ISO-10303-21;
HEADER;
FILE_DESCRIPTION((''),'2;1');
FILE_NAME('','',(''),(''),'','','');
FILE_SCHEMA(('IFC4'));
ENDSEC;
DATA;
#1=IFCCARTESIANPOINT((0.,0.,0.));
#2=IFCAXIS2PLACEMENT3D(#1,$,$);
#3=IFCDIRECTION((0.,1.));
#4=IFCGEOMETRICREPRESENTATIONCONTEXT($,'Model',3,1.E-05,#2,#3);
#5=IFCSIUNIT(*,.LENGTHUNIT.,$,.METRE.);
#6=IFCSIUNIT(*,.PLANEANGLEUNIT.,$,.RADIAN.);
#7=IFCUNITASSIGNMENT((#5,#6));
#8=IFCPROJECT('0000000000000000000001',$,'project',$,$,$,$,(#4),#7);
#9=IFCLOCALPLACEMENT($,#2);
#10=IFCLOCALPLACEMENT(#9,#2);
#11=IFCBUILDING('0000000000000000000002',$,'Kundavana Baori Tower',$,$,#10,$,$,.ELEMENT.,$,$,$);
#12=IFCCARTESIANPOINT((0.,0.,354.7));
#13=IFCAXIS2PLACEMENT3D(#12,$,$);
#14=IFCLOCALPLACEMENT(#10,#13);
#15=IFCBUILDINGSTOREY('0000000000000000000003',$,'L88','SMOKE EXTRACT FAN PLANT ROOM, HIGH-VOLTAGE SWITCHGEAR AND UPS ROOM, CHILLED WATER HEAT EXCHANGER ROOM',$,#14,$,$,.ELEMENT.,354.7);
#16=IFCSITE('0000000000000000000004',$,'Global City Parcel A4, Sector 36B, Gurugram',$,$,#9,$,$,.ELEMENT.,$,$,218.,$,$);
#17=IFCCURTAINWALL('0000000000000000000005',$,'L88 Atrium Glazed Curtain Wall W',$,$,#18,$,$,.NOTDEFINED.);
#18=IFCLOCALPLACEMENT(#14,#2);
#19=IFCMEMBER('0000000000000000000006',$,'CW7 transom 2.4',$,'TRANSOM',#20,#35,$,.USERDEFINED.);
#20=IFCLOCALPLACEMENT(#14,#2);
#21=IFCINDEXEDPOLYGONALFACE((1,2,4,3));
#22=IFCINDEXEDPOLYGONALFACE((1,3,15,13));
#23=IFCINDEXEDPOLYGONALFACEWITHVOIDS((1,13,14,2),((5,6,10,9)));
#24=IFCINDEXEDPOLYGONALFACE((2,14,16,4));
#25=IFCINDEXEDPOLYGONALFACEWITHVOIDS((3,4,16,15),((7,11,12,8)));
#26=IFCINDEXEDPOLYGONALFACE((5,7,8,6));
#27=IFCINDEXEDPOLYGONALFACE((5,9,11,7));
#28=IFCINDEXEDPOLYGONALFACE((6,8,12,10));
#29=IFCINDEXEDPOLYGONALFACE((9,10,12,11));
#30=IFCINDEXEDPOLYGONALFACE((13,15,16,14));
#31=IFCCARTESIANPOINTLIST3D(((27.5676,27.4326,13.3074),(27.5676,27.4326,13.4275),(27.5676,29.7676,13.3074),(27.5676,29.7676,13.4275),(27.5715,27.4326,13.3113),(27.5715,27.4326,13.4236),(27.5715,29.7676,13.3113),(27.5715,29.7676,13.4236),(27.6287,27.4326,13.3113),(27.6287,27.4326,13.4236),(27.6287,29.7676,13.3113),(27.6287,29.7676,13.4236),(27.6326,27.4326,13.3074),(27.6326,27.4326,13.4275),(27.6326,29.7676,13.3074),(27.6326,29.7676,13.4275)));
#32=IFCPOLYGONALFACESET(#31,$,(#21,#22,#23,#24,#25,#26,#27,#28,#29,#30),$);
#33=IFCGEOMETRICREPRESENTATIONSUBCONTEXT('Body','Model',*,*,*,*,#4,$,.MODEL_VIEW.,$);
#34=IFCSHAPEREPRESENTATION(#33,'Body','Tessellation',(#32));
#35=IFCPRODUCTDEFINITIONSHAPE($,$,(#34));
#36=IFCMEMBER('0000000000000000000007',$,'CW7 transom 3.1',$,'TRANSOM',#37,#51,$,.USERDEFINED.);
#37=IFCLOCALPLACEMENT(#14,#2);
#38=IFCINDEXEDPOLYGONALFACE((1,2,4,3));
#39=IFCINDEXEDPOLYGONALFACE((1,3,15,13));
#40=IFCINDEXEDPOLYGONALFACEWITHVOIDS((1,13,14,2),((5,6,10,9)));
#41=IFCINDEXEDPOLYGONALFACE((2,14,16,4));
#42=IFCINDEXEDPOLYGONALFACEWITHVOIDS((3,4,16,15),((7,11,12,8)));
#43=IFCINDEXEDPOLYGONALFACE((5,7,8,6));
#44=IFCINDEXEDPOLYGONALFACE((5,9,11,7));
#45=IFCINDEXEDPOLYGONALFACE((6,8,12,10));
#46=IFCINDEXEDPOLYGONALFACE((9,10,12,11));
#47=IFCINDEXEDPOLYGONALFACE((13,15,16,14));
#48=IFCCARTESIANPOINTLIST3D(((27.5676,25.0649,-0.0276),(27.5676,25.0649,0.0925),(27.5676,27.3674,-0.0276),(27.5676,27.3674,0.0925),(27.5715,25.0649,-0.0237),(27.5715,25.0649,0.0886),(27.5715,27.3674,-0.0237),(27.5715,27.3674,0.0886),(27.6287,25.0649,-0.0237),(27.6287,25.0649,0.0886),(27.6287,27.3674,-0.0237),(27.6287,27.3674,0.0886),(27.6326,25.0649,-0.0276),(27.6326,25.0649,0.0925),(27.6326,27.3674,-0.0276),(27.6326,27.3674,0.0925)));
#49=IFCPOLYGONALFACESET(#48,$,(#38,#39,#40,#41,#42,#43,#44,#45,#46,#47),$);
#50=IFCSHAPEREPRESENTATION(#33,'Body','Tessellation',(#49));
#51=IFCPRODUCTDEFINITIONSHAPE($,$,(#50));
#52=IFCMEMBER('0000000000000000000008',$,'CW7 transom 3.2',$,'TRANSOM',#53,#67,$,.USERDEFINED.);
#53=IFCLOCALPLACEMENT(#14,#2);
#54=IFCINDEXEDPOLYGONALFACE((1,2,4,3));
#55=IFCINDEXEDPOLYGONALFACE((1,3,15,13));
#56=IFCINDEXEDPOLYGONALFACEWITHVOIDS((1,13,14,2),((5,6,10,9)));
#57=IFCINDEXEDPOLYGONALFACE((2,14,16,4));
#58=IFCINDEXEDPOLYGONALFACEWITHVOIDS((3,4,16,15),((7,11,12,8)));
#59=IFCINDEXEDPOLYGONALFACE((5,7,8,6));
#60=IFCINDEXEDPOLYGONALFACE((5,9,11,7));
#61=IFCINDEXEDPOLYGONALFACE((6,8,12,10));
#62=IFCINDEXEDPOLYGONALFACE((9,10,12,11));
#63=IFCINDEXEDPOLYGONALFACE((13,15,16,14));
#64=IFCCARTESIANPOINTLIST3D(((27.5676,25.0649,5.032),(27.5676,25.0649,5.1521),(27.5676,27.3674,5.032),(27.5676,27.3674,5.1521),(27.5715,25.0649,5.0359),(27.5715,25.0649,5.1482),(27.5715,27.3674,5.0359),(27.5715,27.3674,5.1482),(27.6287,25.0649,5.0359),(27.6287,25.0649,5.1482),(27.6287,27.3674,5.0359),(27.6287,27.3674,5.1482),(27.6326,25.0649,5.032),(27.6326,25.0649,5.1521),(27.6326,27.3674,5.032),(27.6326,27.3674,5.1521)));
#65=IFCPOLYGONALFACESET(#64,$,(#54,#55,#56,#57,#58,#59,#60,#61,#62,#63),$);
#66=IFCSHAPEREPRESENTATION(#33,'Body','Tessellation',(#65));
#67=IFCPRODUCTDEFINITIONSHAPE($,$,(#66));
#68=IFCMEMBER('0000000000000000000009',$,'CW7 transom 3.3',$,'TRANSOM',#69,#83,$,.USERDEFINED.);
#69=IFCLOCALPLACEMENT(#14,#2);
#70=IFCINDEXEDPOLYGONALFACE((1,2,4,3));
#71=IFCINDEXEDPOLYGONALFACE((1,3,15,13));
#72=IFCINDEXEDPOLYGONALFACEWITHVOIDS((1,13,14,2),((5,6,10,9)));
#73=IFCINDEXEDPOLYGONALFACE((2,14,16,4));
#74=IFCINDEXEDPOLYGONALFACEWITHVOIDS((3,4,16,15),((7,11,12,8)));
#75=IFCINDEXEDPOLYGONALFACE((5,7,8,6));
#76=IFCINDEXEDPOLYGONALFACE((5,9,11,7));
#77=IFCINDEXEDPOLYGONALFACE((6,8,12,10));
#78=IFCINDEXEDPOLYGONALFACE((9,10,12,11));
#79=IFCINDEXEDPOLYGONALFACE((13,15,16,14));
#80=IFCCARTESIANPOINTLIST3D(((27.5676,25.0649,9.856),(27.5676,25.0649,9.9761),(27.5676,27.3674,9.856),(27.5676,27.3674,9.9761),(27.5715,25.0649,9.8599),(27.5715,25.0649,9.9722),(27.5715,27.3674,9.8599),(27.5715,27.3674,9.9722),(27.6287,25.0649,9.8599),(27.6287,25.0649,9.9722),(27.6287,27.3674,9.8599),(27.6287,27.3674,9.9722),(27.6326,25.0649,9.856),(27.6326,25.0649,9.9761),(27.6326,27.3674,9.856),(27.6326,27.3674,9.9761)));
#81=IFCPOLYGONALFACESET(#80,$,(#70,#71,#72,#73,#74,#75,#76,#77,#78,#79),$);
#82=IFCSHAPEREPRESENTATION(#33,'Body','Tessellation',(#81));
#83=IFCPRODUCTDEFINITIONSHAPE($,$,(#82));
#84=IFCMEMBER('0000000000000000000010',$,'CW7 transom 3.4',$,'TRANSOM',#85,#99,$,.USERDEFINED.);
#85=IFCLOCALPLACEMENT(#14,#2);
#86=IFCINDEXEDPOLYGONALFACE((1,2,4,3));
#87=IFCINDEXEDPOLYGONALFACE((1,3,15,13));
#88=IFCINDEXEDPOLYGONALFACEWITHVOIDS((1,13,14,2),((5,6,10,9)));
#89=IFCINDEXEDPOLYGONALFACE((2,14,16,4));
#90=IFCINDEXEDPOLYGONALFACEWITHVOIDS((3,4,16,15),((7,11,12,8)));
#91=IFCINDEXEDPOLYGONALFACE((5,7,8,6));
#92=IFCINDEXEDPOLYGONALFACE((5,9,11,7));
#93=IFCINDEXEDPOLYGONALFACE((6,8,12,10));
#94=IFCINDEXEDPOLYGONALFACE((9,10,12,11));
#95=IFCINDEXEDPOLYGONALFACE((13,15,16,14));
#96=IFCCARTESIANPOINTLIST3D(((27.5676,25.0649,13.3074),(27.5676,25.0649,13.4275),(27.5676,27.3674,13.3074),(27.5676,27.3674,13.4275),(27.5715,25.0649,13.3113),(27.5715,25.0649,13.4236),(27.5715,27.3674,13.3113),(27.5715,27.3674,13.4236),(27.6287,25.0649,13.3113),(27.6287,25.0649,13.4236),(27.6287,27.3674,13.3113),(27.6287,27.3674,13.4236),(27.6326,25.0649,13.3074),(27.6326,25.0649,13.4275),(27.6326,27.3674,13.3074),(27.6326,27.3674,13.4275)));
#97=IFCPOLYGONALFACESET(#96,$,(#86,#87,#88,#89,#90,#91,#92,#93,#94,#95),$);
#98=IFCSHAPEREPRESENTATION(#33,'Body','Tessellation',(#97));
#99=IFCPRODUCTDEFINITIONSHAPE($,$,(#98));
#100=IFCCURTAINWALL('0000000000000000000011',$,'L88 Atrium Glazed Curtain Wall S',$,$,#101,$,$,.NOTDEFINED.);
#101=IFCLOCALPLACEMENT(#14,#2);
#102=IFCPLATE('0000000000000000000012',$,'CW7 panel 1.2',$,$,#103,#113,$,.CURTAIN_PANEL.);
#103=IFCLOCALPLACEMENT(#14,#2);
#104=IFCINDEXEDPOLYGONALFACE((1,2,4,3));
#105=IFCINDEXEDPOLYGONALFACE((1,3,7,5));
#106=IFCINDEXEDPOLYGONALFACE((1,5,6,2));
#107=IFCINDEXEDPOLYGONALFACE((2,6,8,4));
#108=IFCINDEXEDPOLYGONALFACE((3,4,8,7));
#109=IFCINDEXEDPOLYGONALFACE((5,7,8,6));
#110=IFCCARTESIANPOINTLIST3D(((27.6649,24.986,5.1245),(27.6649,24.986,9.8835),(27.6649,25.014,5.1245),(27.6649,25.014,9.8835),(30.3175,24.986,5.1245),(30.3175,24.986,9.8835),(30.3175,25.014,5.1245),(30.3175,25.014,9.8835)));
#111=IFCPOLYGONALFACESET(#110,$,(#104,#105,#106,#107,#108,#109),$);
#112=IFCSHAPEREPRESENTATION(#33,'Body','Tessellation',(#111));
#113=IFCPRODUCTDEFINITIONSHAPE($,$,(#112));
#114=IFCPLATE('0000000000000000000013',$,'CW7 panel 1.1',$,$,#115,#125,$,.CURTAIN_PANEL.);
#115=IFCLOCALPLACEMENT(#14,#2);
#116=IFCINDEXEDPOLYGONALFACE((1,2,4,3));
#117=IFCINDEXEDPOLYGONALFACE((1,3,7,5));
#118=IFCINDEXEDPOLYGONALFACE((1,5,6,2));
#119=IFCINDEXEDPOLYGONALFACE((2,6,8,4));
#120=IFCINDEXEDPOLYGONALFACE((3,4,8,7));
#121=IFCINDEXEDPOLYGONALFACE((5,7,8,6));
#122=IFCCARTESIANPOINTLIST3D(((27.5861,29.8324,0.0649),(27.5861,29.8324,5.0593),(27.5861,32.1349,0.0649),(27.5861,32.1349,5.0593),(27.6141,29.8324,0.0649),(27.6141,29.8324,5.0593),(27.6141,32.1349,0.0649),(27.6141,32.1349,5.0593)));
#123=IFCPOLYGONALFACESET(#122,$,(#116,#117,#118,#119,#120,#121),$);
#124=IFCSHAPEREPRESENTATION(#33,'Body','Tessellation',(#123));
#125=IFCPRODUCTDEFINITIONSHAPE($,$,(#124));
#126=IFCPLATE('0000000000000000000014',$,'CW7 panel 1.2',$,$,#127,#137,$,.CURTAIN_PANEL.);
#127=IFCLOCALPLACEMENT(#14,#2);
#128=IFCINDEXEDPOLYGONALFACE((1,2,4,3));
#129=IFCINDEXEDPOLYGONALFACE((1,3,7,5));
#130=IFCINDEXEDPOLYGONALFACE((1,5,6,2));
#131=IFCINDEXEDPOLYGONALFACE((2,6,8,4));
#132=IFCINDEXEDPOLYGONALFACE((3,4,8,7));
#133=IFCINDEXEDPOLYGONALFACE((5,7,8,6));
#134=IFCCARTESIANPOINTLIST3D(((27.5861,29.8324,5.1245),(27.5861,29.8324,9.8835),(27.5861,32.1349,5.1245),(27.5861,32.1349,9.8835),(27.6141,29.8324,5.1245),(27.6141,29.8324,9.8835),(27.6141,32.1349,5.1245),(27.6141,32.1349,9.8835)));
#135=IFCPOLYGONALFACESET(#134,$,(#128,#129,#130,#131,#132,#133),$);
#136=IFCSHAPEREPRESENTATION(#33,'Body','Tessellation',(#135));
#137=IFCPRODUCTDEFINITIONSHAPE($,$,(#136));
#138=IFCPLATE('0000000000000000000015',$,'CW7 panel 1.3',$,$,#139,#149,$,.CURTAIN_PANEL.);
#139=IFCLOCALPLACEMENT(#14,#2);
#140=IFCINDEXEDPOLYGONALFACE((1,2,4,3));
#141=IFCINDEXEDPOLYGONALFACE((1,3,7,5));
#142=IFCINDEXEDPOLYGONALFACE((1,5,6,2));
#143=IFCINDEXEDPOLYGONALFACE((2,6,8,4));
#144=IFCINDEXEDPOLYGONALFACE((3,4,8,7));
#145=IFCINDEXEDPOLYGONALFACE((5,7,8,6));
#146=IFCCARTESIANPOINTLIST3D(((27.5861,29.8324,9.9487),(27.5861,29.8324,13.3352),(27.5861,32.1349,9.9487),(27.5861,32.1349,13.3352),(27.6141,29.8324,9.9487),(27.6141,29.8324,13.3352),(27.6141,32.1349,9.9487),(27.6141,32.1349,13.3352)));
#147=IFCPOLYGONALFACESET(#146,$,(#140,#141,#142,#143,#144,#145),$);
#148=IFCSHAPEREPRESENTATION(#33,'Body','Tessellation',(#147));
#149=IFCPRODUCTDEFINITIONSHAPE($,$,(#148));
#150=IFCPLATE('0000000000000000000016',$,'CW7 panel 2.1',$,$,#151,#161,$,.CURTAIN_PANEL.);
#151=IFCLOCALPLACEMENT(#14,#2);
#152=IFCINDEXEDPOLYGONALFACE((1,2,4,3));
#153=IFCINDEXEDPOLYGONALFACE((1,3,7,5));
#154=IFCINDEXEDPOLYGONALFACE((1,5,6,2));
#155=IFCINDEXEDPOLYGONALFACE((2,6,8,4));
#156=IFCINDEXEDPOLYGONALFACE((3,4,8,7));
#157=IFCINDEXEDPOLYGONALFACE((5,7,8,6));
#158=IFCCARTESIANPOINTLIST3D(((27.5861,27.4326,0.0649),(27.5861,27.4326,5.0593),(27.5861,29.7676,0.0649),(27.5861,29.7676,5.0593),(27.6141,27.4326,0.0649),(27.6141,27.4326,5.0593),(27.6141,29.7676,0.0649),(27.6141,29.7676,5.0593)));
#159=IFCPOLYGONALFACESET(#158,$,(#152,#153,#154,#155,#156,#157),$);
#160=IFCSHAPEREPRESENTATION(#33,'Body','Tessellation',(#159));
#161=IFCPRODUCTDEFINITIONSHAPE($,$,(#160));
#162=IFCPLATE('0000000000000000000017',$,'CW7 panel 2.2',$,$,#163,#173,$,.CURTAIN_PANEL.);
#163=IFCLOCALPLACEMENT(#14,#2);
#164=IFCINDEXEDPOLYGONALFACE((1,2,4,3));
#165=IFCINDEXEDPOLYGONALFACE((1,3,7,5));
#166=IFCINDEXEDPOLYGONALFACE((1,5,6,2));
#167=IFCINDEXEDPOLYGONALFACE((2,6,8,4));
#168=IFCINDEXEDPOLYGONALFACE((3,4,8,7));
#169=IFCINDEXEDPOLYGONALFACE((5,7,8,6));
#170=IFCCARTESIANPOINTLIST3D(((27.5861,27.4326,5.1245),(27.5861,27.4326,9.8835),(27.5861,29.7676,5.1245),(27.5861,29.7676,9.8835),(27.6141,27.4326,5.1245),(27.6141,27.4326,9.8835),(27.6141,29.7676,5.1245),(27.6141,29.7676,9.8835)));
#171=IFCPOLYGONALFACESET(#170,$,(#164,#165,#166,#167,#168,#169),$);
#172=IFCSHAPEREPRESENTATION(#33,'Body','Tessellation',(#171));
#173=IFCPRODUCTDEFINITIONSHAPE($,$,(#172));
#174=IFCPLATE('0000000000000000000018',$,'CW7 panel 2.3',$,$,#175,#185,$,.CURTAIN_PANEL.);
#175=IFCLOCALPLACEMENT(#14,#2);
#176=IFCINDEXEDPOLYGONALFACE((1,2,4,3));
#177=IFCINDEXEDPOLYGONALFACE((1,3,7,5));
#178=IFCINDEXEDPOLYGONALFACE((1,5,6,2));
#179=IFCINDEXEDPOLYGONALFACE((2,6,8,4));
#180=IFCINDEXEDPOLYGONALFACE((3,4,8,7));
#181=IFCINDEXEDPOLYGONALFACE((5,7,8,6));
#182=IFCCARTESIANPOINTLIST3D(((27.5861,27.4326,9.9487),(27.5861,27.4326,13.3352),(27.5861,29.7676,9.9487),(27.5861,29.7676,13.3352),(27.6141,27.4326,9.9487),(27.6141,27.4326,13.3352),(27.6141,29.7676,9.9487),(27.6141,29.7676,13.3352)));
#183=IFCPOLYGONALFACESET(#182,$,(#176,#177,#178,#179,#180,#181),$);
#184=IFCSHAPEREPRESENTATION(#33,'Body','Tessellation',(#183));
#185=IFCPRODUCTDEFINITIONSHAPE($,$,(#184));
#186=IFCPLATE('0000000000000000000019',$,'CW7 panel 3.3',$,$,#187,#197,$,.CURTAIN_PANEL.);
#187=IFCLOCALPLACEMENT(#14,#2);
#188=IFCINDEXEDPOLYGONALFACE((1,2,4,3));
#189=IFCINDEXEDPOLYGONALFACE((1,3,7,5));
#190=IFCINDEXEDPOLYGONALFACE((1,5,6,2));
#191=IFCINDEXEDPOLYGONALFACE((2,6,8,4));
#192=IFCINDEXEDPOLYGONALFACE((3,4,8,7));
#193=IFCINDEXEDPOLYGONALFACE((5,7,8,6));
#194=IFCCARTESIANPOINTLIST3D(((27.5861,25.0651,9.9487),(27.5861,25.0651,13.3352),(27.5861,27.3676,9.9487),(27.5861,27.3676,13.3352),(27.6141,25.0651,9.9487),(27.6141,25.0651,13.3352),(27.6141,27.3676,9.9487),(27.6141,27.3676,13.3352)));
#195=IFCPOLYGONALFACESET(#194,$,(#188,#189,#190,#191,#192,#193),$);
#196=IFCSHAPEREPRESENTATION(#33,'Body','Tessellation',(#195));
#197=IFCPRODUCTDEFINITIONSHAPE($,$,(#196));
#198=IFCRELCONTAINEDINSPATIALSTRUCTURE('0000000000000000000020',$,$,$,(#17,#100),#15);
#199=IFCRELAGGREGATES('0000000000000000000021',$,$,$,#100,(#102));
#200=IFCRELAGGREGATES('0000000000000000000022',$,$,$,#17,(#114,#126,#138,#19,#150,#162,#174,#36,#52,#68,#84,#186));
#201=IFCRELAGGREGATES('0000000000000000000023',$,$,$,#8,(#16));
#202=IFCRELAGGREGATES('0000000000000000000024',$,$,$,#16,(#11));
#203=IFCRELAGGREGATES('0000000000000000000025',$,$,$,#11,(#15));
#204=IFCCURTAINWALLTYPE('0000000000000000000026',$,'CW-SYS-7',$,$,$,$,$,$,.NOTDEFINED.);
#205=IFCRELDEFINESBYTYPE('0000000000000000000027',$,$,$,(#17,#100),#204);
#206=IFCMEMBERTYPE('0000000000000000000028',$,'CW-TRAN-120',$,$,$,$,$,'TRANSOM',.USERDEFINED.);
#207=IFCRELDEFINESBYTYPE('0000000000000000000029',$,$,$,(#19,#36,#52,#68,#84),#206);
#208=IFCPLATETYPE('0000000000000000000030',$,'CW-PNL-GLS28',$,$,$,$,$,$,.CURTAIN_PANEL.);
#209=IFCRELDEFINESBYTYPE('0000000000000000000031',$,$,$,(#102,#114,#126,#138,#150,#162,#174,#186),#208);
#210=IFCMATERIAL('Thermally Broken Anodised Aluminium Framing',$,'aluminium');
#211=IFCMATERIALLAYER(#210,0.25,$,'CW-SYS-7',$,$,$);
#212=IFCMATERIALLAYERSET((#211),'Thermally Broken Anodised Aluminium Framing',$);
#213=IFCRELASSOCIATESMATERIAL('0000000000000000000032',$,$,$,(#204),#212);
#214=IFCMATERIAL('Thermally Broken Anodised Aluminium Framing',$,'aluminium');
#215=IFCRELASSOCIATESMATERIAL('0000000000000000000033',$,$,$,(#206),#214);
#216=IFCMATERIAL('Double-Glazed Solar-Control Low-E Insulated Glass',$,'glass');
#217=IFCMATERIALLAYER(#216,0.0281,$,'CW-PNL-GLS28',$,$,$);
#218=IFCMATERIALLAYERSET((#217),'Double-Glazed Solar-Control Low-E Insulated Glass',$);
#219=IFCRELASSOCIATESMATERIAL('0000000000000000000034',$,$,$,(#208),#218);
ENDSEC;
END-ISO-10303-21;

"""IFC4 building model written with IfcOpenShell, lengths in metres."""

from ifc_helpers import new_model, si_unit, direction, frame, origin, origin_2d, place, context, subcontext, project, spatial, rectangle, hollow_rectangle, extrude, material, layer, layer_set, material_profile, profile_set, type_object, element, aggregate, save


model = new_model("IFC4")

# Units and contexts
model_context = context("Model", 3, precision=1e-05, world=origin(), true_north=direction((0.0, 1.0)))
body_context = subcontext(model_context, "Body", "Model", "MODEL_VIEW")
ifc_project = project(units=[si_unit("LENGTHUNIT", "METRE"), si_unit("PLANEANGLEUNIT", "RADIAN")], contexts=[model_context])

# Site, building, storey
site_placement = place(None, origin())
site = spatial("IfcSite", under=ifc_project, at=site_placement, Name="Global City Parcel A4, Sector 36B, Gurugram", CompositionType="ELEMENT", RefElevation=218.0)
building_placement = place(site_placement, origin())
building = spatial("IfcBuilding", under=site, at=building_placement, Name="Kundavana Baori Tower", CompositionType="ELEMENT")
storey_placement = place(building_placement, frame((0.0, 0.0, 354.7)))
storey = spatial("IfcBuildingStorey", under=building, at=storey_placement, Name="L88", Description="SMOKE EXTRACT FAN PLANT ROOM, HIGH-VOLTAGE SWITCHGEAR AND UPS ROOM, CHILLED WATER HEAT EXCHANGER ROOM", CompositionType="ELEMENT", Elevation=354.7)

# Shared definitions
ifc_material_1 = material(Name="Thermally Broken Anodised Aluminium Framing", Category="aluminium")
ifc_layer_1 = layer(ifc_material_1, 0.25, Name="CW-SYS-7")
ifc_layer_set_1 = layer_set([ifc_layer_1], Name="Thermally Broken Anodised Aluminium Framing")
curtain_wall_type = type_object("IfcCurtainWallType", Name="CW-SYS-7", PredefinedType="NOTDEFINED", material=ifc_layer_set_1)

# Curtain wall, members
curtain_wall_1_placement = place(storey_placement, origin())
curtain_wall_1 = element("IfcCurtainWall", 1, at=curtain_wall_1_placement, inside=storey, type_object=curtain_wall_type, Name="L88 Atrium Glazed Curtain Wall W", PredefinedType="NOTDEFINED")
ifc_material_2 = material(Name="Thermally Broken Anodised Aluminium Framing", Category="aluminium")
ifc_material_profile_1 = material_profile(ifc_material_2, hollow_rectangle(XDim=0.0649, YDim=0.1201, WallThickness=0.0039, at=origin_2d()), Name="CW-TRAN-120")
ifc_profile_set_1 = profile_set([ifc_material_profile_1], Name="Thermally Broken Anodised Aluminium Framing")
member_type_1 = type_object("IfcMemberType", Name="CW-TRAN-120", ElementType="TRANSOM", PredefinedType="USERDEFINED", material=ifc_profile_set_1)
member_1_placement = place(storey_placement, frame((27.6001, 29.7676, 13.3674), z_axis=(0.0, -1.0, 0.0), x_axis=(1.0, 0.0, 0.0)))
member_1 = element("IfcMember", 2, at=member_1_placement, type_object=member_type_1, Name="CW7 transom 2.4", ObjectType="TRANSOM", PredefinedType="USERDEFINED", context=body_context, shape_type="SweptSolid", body=[
    extrude(hollow_rectangle(XDim=0.0649, YDim=0.1201, WallThickness=0.0039, at=origin_2d()), origin(), (0.0, 0.0, 1.0), 2.335),
])
member_2_placement = place(storey_placement, frame((27.6001, 27.3674, 0.0325), z_axis=(0.0, -1.0, 0.0), x_axis=(1.0, 0.0, 0.0)))
member_2 = element("IfcMember", 3, at=member_2_placement, type_object=member_type_1, Name="CW7 transom 3.1", ObjectType="TRANSOM", PredefinedType="USERDEFINED", context=body_context, shape_type="SweptSolid", body=[
    extrude(hollow_rectangle(XDim=0.0649, YDim=0.1201, WallThickness=0.0039, at=origin_2d()), origin(), (0.0, 0.0, 1.0), 2.3025),
])
member_3_placement = place(storey_placement, frame((27.6001, 27.3674, 5.092), z_axis=(0.0, -1.0, 0.0), x_axis=(1.0, 0.0, 0.0)))
member_3 = element("IfcMember", 4, at=member_3_placement, type_object=member_type_1, Name="CW7 transom 3.2", ObjectType="TRANSOM", PredefinedType="USERDEFINED", context=body_context, shape_type="SweptSolid", body=[
    extrude(hollow_rectangle(XDim=0.0649, YDim=0.1201, WallThickness=0.0039, at=origin_2d()), origin(), (0.0, 0.0, 1.0), 2.3025),
])
member_4_placement = place(storey_placement, frame((27.6001, 27.3674, 9.916), z_axis=(0.0, -1.0, 0.0), x_axis=(1.0, 0.0, 0.0)))
member_4 = element("IfcMember", 5, at=member_4_placement, type_object=member_type_1, Name="CW7 transom 3.3", ObjectType="TRANSOM", PredefinedType="USERDEFINED", context=body_context, shape_type="SweptSolid", body=[
    extrude(hollow_rectangle(XDim=0.0649, YDim=0.1201, WallThickness=0.0039, at=origin_2d()), origin(), (0.0, 0.0, 1.0), 2.3025),
])
member_5_placement = place(storey_placement, frame((27.6001, 27.3674, 13.3674), z_axis=(0.0, -1.0, 0.0), x_axis=(1.0, 0.0, 0.0)))
member_5 = element("IfcMember", 6, at=member_5_placement, type_object=member_type_1, Name="CW7 transom 3.4", ObjectType="TRANSOM", PredefinedType="USERDEFINED", context=body_context, shape_type="SweptSolid", body=[
    extrude(hollow_rectangle(XDim=0.0649, YDim=0.1201, WallThickness=0.0039, at=origin_2d()), origin(), (0.0, 0.0, 1.0), 2.3025),
])

# Curtain wall, plate
curtain_wall_2_placement = place(storey_placement, origin())
curtain_wall_2 = element("IfcCurtainWall", 7, at=curtain_wall_2_placement, inside=storey, type_object=curtain_wall_type, Name="L88 Atrium Glazed Curtain Wall S", PredefinedType="NOTDEFINED")
ifc_material_3 = material(Name="Double-Glazed Solar-Control Low-E Insulated Glass", Category="glass")
ifc_layer_2 = layer(ifc_material_3, 0.0281, Name="CW-PNL-GLS28")
ifc_layer_set_2 = layer_set([ifc_layer_2], Name="Double-Glazed Solar-Control Low-E Insulated Glass")
plate_type = type_object("IfcPlateType", Name="CW-PNL-GLS28", PredefinedType="CURTAIN_PANEL", material=ifc_layer_set_2)
plate_1_placement = place(storey_placement, frame((28.9912, 25.0, 5.1245), z_axis=(0.0, 0.0, 1.0), x_axis=(1.0, 0.0, 0.0)))
plate_1 = element("IfcPlate", 8, at=plate_1_placement, type_object=plate_type, Name="CW7 panel 1.2", PredefinedType="CURTAIN_PANEL", context=body_context, shape_type="SweptSolid", body=[
    extrude(rectangle(XDim=2.6526, YDim=0.0281, at=origin_2d()), origin(), (0.0, 0.0, 1.0), 4.759),
])
aggregate(curtain_wall_2, [plate_1])

# Plates
plate_2_placement = place(storey_placement, frame((27.6001, 30.9836, 0.0649), z_axis=(0.0, 0.0, 1.0), x_axis=(0.0, -1.0, 0.0)))
plate_2 = element("IfcPlate", 9, at=plate_2_placement, type_object=plate_type, Name="CW7 panel 1.1", PredefinedType="CURTAIN_PANEL", context=body_context, shape_type="SweptSolid", body=[
    extrude(rectangle(XDim=2.3025, YDim=0.0281, at=origin_2d()), origin(), (0.0, 0.0, 1.0), 4.9944),
])
plate_3_placement = place(storey_placement, frame((27.6001, 30.9836, 5.1245), z_axis=(0.0, 0.0, 1.0), x_axis=(0.0, -1.0, 0.0)))
plate_3 = element("IfcPlate", 10, at=plate_3_placement, type_object=plate_type, Name="CW7 panel 1.2", PredefinedType="CURTAIN_PANEL", context=body_context, shape_type="SweptSolid", body=[
    extrude(rectangle(XDim=2.3025, YDim=0.0281, at=origin_2d()), origin(), (0.0, 0.0, 1.0), 4.759),
])
plate_4_placement = place(storey_placement, frame((27.6001, 30.9836, 9.9487), z_axis=(0.0, 0.0, 1.0), x_axis=(0.0, -1.0, 0.0)))
plate_4 = element("IfcPlate", 11, at=plate_4_placement, type_object=plate_type, Name="CW7 panel 1.3", PredefinedType="CURTAIN_PANEL", context=body_context, shape_type="SweptSolid", body=[
    extrude(rectangle(XDim=2.3025, YDim=0.0281, at=origin_2d()), origin(), (0.0, 0.0, 1.0), 3.3865),
])
plate_5_placement = place(storey_placement, frame((27.6001, 28.6001, 0.0649), z_axis=(0.0, 0.0, 1.0), x_axis=(0.0, -1.0, 0.0)))
plate_5 = element("IfcPlate", 12, at=plate_5_placement, type_object=plate_type, Name="CW7 panel 2.1", PredefinedType="CURTAIN_PANEL", context=body_context, shape_type="SweptSolid", body=[
    extrude(rectangle(XDim=2.335, YDim=0.0281, at=origin_2d()), origin(), (0.0, 0.0, 1.0), 4.9944),
])
plate_6_placement = place(storey_placement, frame((27.6001, 28.6001, 5.1245), z_axis=(0.0, 0.0, 1.0), x_axis=(0.0, -1.0, 0.0)))
plate_6 = element("IfcPlate", 13, at=plate_6_placement, type_object=plate_type, Name="CW7 panel 2.2", PredefinedType="CURTAIN_PANEL", context=body_context, shape_type="SweptSolid", body=[
    extrude(rectangle(XDim=2.335, YDim=0.0281, at=origin_2d()), origin(), (0.0, 0.0, 1.0), 4.759),
])
plate_7_placement = place(storey_placement, frame((27.6001, 28.6001, 9.9487), z_axis=(0.0, 0.0, 1.0), x_axis=(0.0, -1.0, 0.0)))
plate_7 = element("IfcPlate", 14, at=plate_7_placement, type_object=plate_type, Name="CW7 panel 2.3", PredefinedType="CURTAIN_PANEL", context=body_context, shape_type="SweptSolid", body=[
    extrude(rectangle(XDim=2.335, YDim=0.0281, at=origin_2d()), origin(), (0.0, 0.0, 1.0), 3.3865),
])
plate_8_placement = place(storey_placement, frame((27.6001, 26.2163, 9.9487), z_axis=(0.0, 0.0, 1.0), x_axis=(0.0, -1.0, 0.0)))
plate_8 = element("IfcPlate", 15, at=plate_8_placement, type_object=plate_type, Name="CW7 panel 3.3", PredefinedType="CURTAIN_PANEL", context=body_context, shape_type="SweptSolid", body=[
    extrude(rectangle(XDim=2.3025, YDim=0.0281, at=origin_2d()), origin(), (0.0, 0.0, 1.0), 3.3865),
])
aggregate(curtain_wall_1, [plate_2, plate_3, plate_4, member_1, plate_5, plate_6, plate_7, member_2, member_3, member_4, member_5, plate_8])

save(model, "model.ifc")
